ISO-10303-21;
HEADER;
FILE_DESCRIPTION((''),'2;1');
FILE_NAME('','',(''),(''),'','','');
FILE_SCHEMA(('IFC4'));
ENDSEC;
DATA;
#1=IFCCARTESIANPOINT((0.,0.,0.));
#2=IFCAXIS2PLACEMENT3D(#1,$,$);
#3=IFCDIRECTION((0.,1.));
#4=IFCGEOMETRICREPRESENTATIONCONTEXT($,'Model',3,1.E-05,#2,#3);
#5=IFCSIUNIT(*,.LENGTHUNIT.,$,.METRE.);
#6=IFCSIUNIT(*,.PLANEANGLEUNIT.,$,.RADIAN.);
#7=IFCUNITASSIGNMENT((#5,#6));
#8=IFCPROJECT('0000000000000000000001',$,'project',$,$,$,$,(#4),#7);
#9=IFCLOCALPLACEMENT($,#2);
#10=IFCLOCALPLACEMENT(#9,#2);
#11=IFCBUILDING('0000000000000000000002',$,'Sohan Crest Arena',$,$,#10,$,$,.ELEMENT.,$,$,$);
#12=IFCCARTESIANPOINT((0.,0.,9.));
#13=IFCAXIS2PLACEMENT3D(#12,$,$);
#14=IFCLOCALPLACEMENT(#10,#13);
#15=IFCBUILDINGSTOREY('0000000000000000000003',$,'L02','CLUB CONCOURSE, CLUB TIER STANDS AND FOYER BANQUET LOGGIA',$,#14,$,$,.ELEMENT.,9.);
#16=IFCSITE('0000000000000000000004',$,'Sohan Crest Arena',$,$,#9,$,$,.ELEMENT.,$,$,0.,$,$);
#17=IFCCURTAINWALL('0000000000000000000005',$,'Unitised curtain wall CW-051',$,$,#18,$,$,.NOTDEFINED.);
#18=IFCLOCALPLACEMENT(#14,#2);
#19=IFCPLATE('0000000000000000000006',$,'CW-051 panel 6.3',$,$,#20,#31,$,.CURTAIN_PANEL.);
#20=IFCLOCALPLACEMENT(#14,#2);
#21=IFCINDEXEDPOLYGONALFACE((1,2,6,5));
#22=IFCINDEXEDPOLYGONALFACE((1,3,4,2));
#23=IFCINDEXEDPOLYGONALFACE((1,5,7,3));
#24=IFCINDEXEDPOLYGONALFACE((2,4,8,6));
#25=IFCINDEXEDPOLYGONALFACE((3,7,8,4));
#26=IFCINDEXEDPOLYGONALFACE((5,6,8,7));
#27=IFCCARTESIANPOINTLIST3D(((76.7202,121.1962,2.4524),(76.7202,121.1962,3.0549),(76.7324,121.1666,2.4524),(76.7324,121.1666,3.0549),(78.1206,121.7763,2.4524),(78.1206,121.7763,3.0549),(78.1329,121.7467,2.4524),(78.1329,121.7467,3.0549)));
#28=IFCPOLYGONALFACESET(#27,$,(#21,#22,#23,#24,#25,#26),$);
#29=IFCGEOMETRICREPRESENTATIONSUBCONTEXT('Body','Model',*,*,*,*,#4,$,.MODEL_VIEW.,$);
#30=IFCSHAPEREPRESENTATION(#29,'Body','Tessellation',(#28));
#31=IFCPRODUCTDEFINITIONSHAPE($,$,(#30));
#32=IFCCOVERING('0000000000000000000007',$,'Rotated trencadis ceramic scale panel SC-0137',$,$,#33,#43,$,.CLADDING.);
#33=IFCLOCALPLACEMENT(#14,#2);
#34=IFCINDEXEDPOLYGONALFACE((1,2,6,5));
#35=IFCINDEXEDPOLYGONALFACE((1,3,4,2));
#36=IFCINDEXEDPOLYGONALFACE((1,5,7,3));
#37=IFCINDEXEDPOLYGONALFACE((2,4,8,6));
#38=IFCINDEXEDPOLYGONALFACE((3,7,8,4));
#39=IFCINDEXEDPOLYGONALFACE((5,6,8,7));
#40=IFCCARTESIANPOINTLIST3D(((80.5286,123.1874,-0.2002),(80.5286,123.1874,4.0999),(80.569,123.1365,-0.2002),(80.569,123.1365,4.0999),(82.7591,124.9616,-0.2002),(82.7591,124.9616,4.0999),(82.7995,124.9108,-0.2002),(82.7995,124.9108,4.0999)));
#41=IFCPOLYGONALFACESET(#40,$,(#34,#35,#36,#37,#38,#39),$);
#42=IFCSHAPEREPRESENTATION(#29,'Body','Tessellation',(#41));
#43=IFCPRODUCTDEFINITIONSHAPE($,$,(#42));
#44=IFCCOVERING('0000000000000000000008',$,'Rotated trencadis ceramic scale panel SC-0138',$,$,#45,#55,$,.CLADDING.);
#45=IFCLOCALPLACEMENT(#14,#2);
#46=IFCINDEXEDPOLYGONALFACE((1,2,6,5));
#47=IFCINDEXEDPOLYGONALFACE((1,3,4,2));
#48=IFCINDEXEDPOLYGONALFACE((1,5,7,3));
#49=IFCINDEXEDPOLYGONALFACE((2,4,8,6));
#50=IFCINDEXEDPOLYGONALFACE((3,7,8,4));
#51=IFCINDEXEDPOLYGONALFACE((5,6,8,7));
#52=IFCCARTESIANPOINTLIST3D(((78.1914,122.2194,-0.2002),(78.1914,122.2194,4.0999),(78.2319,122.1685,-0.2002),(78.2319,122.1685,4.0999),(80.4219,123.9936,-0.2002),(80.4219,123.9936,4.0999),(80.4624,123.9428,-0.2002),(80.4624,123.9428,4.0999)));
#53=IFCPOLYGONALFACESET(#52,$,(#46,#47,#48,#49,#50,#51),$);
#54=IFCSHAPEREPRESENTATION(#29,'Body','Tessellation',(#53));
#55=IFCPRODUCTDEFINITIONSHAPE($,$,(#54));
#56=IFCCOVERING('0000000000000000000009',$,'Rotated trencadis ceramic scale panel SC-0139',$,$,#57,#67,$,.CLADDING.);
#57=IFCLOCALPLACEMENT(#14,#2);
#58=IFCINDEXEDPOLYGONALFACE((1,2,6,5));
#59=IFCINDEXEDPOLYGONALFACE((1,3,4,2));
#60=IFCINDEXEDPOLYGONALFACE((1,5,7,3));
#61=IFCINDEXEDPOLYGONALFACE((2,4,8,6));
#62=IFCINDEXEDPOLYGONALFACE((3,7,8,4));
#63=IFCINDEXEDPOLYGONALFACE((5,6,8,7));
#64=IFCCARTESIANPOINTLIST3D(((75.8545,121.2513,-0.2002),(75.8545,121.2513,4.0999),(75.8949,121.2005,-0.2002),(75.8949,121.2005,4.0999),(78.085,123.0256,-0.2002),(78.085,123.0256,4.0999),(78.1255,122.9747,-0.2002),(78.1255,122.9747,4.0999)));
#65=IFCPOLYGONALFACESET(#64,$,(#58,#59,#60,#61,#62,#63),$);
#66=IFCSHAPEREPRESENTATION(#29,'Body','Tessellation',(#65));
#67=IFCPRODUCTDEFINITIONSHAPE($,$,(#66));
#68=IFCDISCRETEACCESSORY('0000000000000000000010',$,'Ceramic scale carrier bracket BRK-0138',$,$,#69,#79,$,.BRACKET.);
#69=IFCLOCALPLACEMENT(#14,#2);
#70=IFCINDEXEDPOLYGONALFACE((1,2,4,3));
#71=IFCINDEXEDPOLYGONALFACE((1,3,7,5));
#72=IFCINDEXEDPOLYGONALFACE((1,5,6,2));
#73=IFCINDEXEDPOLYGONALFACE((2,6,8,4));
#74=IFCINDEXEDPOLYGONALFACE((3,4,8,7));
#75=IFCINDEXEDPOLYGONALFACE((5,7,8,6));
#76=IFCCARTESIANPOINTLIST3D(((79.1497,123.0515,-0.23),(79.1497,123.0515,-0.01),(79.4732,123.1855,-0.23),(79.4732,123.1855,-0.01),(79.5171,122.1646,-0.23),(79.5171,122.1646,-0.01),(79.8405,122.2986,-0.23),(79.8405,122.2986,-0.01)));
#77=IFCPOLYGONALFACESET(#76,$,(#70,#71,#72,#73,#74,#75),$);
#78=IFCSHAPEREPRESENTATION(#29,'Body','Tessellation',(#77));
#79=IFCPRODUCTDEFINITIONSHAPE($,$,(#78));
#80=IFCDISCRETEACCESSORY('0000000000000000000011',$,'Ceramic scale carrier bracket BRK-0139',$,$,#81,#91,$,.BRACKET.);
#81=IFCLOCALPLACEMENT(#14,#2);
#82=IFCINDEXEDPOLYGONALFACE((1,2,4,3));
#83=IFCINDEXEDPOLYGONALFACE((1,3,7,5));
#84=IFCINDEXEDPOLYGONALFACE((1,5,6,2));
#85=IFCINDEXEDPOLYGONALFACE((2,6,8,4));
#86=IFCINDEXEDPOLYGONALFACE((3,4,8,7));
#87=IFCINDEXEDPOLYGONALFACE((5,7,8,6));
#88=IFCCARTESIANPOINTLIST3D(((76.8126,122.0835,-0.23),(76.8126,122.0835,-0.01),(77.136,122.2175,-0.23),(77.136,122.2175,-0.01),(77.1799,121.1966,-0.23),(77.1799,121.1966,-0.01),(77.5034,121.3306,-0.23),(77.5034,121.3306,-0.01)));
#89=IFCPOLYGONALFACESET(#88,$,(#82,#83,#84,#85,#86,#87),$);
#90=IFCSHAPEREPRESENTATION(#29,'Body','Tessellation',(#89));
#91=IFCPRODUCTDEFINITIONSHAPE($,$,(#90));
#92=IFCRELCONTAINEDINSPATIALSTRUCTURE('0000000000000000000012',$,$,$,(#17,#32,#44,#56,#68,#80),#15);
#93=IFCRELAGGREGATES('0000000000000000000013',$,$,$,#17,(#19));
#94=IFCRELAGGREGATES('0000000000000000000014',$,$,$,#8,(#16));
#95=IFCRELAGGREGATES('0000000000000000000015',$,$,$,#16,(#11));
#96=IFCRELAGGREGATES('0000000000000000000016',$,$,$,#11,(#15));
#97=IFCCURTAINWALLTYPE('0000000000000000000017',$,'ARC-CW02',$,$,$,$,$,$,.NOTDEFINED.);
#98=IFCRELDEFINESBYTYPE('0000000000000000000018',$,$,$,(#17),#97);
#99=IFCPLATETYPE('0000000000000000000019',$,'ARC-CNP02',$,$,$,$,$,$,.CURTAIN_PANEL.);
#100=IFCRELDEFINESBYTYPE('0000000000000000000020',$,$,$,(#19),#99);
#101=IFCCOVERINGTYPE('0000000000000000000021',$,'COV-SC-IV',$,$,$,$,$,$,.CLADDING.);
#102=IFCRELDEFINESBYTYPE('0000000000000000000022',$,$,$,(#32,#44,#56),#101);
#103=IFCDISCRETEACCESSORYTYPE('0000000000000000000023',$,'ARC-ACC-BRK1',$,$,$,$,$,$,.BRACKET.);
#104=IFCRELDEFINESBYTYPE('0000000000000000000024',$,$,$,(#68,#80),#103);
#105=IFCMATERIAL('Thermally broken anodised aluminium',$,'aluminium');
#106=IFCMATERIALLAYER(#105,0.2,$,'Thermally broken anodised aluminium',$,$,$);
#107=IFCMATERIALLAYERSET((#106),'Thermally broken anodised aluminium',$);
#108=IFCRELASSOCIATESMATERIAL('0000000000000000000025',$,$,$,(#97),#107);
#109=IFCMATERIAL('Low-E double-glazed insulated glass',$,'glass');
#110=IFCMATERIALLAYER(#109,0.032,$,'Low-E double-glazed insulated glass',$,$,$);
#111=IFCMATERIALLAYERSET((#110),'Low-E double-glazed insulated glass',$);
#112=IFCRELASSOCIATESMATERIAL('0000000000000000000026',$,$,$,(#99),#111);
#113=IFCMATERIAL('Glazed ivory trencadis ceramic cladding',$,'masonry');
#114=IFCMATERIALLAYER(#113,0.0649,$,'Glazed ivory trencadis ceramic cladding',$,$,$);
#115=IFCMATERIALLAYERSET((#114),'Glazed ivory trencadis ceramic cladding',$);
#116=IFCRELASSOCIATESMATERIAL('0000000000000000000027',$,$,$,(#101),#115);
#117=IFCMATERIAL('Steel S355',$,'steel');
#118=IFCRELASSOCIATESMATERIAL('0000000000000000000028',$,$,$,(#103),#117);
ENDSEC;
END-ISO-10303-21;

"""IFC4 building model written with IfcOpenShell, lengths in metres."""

from ifc_helpers import new_model, si_unit, direction, frame, origin, origin_2d, place, context, subcontext, project, spatial, rectangle, extrude, material, layer, layer_set, type_object, element, aggregate, save


model = new_model("IFC4")

# Units and contexts
model_context = context("Model", 3, precision=1e-05, world=origin(), true_north=direction((0.0, 1.0)))
body_context = subcontext(model_context, "Body", "Model", "MODEL_VIEW")
ifc_project = project(units=[si_unit("LENGTHUNIT", "METRE"), si_unit("PLANEANGLEUNIT", "RADIAN")], contexts=[model_context])

# Site, building, storey
site_placement = place(None, origin())
site = spatial("IfcSite", under=ifc_project, at=site_placement, Name="Sohan Crest Arena", CompositionType="ELEMENT", RefElevation=0.0)
building_placement = place(site_placement, origin())
building = spatial("IfcBuilding", under=site, at=building_placement, Name="Sohan Crest Arena", CompositionType="ELEMENT")
storey_placement = place(building_placement, frame((0.0, 0.0, 9.0)))
storey = spatial("IfcBuildingStorey", under=building, at=storey_placement, Name="L02", Description="CLUB CONCOURSE, CLUB TIER STANDS AND FOYER BANQUET LOGGIA", CompositionType="ELEMENT", Elevation=9.0)

# Curtain wall, plate
ifc_material_1 = material(Name="Thermally broken anodised aluminium", Category="aluminium")
ifc_layer_1 = layer(ifc_material_1, 0.2, Name="Thermally broken anodised aluminium")
ifc_layer_set_1 = layer_set([ifc_layer_1], Name="Thermally broken anodised aluminium")
curtain_wall_type = type_object("IfcCurtainWallType", Name="ARC-CW02", PredefinedType="NOTDEFINED", material=ifc_layer_set_1)
curtain_wall_placement = place(storey_placement, origin())
curtain_wall = element("IfcCurtainWall", 1, at=curtain_wall_placement, inside=storey, type_object=curtain_wall_type, Name="Unitised curtain wall CW-051", PredefinedType="NOTDEFINED")
ifc_material_2 = material(Name="Low-E double-glazed insulated glass", Category="glass")
ifc_layer_2 = layer(ifc_material_2, 0.032, Name="Low-E double-glazed insulated glass")
ifc_layer_set_2 = layer_set([ifc_layer_2], Name="Low-E double-glazed insulated glass")
plate_type = type_object("IfcPlateType", Name="ARC-CNP02", PredefinedType="CURTAIN_PANEL", material=ifc_layer_set_2)
plate_1_placement = place(storey_placement, frame((77.4265, 121.4714, 2.4524), z_axis=(0.0, 0.0, 1.0), x_axis=(-0.923882, -0.382678, 0.0)))
plate_1 = element("IfcPlate", 2, at=plate_1_placement, type_object=plate_type, Name="CW-051 panel 6.3", PredefinedType="CURTAIN_PANEL", context=body_context, shape_type="SweptSolid", body=[
    extrude(rectangle(XDim=1.5159, YDim=0.032, at=origin_2d()), origin(), (0.0, 0.0, 1.0), 0.6025),
])
aggregate(curtain_wall, [plate_1])

# Coverings
ifc_material_3 = material(Name="Glazed ivory trencadis ceramic cladding", Category="masonry")
ifc_layer_3 = layer(ifc_material_3, 0.0649, Name="Glazed ivory trencadis ceramic cladding")
ifc_layer_set_3 = layer_set([ifc_layer_3], Name="Glazed ivory trencadis ceramic cladding")
covering_type = type_object("IfcCoveringType", Name="COV-SC-IV", PredefinedType="CLADDING", material=ifc_layer_set_3)
for number, where, z_axis, x_axis, name in (
    (3, (81.6641, 124.0491, -0.2002), (0.0, 0.0, 1.0), (-0.782608, -0.622515, 0.0), "Rotated trencadis ceramic scale panel SC-0137"),
    (4, (79.3269, 123.0811, -0.2002), (0.0, 0.0, 1.0), (-0.782608, -0.622515, 0.0), "Rotated trencadis ceramic scale panel SC-0138"),
    (5, (76.99, 122.113, -0.2002), (0.0, 0.0, 1.0), (-0.782608, -0.622515, 0.0), "Rotated trencadis ceramic scale panel SC-0139"),
):
    element("IfcCovering", number, at=place(storey_placement, frame(where, z_axis=z_axis, x_axis=x_axis)), inside=storey, type_object=covering_type, Name=name, PredefinedType="CLADDING", context=body_context, shape_type="SweptSolid", body=[
        extrude(rectangle(XDim=2.8501, YDim=0.0649, at=origin_2d()), origin(), (0.0, 0.0, 1.0), 4.3),
    ])

# Discrete accessories
ifc_material_4 = material(Name="Steel S355", Category="steel")
discrete_accessory_type = type_object("IfcDiscreteAccessoryType", Name="ARC-ACC-BRK1", PredefinedType="BRACKET", material=ifc_material_4)
for number, where, z_axis, x_axis, name in (
    (6, (79.4951, 122.675, -0.23), (0.0, 0.0, 1.0), (-0.92388, -0.382683, 0.0), "Ceramic scale carrier bracket BRK-0138"),
    (7, (77.158, 121.707, -0.23), (0.0, 0.0, 1.0), (-0.92388, -0.382683, 0.0), "Ceramic scale carrier bracket BRK-0139"),
):
    element("IfcDiscreteAccessory", number, at=place(storey_placement, frame(where, z_axis=z_axis, x_axis=x_axis)), inside=storey, type_object=discrete_accessory_type, Name=name, PredefinedType="BRACKET", context=body_context, shape_type="SweptSolid", body=[
        extrude(rectangle(XDim=0.3501, YDim=0.96, at=origin_2d()), origin(), (0.0, 0.0, 1.0), 0.22),
    ])

save(model, "model.ifc")
